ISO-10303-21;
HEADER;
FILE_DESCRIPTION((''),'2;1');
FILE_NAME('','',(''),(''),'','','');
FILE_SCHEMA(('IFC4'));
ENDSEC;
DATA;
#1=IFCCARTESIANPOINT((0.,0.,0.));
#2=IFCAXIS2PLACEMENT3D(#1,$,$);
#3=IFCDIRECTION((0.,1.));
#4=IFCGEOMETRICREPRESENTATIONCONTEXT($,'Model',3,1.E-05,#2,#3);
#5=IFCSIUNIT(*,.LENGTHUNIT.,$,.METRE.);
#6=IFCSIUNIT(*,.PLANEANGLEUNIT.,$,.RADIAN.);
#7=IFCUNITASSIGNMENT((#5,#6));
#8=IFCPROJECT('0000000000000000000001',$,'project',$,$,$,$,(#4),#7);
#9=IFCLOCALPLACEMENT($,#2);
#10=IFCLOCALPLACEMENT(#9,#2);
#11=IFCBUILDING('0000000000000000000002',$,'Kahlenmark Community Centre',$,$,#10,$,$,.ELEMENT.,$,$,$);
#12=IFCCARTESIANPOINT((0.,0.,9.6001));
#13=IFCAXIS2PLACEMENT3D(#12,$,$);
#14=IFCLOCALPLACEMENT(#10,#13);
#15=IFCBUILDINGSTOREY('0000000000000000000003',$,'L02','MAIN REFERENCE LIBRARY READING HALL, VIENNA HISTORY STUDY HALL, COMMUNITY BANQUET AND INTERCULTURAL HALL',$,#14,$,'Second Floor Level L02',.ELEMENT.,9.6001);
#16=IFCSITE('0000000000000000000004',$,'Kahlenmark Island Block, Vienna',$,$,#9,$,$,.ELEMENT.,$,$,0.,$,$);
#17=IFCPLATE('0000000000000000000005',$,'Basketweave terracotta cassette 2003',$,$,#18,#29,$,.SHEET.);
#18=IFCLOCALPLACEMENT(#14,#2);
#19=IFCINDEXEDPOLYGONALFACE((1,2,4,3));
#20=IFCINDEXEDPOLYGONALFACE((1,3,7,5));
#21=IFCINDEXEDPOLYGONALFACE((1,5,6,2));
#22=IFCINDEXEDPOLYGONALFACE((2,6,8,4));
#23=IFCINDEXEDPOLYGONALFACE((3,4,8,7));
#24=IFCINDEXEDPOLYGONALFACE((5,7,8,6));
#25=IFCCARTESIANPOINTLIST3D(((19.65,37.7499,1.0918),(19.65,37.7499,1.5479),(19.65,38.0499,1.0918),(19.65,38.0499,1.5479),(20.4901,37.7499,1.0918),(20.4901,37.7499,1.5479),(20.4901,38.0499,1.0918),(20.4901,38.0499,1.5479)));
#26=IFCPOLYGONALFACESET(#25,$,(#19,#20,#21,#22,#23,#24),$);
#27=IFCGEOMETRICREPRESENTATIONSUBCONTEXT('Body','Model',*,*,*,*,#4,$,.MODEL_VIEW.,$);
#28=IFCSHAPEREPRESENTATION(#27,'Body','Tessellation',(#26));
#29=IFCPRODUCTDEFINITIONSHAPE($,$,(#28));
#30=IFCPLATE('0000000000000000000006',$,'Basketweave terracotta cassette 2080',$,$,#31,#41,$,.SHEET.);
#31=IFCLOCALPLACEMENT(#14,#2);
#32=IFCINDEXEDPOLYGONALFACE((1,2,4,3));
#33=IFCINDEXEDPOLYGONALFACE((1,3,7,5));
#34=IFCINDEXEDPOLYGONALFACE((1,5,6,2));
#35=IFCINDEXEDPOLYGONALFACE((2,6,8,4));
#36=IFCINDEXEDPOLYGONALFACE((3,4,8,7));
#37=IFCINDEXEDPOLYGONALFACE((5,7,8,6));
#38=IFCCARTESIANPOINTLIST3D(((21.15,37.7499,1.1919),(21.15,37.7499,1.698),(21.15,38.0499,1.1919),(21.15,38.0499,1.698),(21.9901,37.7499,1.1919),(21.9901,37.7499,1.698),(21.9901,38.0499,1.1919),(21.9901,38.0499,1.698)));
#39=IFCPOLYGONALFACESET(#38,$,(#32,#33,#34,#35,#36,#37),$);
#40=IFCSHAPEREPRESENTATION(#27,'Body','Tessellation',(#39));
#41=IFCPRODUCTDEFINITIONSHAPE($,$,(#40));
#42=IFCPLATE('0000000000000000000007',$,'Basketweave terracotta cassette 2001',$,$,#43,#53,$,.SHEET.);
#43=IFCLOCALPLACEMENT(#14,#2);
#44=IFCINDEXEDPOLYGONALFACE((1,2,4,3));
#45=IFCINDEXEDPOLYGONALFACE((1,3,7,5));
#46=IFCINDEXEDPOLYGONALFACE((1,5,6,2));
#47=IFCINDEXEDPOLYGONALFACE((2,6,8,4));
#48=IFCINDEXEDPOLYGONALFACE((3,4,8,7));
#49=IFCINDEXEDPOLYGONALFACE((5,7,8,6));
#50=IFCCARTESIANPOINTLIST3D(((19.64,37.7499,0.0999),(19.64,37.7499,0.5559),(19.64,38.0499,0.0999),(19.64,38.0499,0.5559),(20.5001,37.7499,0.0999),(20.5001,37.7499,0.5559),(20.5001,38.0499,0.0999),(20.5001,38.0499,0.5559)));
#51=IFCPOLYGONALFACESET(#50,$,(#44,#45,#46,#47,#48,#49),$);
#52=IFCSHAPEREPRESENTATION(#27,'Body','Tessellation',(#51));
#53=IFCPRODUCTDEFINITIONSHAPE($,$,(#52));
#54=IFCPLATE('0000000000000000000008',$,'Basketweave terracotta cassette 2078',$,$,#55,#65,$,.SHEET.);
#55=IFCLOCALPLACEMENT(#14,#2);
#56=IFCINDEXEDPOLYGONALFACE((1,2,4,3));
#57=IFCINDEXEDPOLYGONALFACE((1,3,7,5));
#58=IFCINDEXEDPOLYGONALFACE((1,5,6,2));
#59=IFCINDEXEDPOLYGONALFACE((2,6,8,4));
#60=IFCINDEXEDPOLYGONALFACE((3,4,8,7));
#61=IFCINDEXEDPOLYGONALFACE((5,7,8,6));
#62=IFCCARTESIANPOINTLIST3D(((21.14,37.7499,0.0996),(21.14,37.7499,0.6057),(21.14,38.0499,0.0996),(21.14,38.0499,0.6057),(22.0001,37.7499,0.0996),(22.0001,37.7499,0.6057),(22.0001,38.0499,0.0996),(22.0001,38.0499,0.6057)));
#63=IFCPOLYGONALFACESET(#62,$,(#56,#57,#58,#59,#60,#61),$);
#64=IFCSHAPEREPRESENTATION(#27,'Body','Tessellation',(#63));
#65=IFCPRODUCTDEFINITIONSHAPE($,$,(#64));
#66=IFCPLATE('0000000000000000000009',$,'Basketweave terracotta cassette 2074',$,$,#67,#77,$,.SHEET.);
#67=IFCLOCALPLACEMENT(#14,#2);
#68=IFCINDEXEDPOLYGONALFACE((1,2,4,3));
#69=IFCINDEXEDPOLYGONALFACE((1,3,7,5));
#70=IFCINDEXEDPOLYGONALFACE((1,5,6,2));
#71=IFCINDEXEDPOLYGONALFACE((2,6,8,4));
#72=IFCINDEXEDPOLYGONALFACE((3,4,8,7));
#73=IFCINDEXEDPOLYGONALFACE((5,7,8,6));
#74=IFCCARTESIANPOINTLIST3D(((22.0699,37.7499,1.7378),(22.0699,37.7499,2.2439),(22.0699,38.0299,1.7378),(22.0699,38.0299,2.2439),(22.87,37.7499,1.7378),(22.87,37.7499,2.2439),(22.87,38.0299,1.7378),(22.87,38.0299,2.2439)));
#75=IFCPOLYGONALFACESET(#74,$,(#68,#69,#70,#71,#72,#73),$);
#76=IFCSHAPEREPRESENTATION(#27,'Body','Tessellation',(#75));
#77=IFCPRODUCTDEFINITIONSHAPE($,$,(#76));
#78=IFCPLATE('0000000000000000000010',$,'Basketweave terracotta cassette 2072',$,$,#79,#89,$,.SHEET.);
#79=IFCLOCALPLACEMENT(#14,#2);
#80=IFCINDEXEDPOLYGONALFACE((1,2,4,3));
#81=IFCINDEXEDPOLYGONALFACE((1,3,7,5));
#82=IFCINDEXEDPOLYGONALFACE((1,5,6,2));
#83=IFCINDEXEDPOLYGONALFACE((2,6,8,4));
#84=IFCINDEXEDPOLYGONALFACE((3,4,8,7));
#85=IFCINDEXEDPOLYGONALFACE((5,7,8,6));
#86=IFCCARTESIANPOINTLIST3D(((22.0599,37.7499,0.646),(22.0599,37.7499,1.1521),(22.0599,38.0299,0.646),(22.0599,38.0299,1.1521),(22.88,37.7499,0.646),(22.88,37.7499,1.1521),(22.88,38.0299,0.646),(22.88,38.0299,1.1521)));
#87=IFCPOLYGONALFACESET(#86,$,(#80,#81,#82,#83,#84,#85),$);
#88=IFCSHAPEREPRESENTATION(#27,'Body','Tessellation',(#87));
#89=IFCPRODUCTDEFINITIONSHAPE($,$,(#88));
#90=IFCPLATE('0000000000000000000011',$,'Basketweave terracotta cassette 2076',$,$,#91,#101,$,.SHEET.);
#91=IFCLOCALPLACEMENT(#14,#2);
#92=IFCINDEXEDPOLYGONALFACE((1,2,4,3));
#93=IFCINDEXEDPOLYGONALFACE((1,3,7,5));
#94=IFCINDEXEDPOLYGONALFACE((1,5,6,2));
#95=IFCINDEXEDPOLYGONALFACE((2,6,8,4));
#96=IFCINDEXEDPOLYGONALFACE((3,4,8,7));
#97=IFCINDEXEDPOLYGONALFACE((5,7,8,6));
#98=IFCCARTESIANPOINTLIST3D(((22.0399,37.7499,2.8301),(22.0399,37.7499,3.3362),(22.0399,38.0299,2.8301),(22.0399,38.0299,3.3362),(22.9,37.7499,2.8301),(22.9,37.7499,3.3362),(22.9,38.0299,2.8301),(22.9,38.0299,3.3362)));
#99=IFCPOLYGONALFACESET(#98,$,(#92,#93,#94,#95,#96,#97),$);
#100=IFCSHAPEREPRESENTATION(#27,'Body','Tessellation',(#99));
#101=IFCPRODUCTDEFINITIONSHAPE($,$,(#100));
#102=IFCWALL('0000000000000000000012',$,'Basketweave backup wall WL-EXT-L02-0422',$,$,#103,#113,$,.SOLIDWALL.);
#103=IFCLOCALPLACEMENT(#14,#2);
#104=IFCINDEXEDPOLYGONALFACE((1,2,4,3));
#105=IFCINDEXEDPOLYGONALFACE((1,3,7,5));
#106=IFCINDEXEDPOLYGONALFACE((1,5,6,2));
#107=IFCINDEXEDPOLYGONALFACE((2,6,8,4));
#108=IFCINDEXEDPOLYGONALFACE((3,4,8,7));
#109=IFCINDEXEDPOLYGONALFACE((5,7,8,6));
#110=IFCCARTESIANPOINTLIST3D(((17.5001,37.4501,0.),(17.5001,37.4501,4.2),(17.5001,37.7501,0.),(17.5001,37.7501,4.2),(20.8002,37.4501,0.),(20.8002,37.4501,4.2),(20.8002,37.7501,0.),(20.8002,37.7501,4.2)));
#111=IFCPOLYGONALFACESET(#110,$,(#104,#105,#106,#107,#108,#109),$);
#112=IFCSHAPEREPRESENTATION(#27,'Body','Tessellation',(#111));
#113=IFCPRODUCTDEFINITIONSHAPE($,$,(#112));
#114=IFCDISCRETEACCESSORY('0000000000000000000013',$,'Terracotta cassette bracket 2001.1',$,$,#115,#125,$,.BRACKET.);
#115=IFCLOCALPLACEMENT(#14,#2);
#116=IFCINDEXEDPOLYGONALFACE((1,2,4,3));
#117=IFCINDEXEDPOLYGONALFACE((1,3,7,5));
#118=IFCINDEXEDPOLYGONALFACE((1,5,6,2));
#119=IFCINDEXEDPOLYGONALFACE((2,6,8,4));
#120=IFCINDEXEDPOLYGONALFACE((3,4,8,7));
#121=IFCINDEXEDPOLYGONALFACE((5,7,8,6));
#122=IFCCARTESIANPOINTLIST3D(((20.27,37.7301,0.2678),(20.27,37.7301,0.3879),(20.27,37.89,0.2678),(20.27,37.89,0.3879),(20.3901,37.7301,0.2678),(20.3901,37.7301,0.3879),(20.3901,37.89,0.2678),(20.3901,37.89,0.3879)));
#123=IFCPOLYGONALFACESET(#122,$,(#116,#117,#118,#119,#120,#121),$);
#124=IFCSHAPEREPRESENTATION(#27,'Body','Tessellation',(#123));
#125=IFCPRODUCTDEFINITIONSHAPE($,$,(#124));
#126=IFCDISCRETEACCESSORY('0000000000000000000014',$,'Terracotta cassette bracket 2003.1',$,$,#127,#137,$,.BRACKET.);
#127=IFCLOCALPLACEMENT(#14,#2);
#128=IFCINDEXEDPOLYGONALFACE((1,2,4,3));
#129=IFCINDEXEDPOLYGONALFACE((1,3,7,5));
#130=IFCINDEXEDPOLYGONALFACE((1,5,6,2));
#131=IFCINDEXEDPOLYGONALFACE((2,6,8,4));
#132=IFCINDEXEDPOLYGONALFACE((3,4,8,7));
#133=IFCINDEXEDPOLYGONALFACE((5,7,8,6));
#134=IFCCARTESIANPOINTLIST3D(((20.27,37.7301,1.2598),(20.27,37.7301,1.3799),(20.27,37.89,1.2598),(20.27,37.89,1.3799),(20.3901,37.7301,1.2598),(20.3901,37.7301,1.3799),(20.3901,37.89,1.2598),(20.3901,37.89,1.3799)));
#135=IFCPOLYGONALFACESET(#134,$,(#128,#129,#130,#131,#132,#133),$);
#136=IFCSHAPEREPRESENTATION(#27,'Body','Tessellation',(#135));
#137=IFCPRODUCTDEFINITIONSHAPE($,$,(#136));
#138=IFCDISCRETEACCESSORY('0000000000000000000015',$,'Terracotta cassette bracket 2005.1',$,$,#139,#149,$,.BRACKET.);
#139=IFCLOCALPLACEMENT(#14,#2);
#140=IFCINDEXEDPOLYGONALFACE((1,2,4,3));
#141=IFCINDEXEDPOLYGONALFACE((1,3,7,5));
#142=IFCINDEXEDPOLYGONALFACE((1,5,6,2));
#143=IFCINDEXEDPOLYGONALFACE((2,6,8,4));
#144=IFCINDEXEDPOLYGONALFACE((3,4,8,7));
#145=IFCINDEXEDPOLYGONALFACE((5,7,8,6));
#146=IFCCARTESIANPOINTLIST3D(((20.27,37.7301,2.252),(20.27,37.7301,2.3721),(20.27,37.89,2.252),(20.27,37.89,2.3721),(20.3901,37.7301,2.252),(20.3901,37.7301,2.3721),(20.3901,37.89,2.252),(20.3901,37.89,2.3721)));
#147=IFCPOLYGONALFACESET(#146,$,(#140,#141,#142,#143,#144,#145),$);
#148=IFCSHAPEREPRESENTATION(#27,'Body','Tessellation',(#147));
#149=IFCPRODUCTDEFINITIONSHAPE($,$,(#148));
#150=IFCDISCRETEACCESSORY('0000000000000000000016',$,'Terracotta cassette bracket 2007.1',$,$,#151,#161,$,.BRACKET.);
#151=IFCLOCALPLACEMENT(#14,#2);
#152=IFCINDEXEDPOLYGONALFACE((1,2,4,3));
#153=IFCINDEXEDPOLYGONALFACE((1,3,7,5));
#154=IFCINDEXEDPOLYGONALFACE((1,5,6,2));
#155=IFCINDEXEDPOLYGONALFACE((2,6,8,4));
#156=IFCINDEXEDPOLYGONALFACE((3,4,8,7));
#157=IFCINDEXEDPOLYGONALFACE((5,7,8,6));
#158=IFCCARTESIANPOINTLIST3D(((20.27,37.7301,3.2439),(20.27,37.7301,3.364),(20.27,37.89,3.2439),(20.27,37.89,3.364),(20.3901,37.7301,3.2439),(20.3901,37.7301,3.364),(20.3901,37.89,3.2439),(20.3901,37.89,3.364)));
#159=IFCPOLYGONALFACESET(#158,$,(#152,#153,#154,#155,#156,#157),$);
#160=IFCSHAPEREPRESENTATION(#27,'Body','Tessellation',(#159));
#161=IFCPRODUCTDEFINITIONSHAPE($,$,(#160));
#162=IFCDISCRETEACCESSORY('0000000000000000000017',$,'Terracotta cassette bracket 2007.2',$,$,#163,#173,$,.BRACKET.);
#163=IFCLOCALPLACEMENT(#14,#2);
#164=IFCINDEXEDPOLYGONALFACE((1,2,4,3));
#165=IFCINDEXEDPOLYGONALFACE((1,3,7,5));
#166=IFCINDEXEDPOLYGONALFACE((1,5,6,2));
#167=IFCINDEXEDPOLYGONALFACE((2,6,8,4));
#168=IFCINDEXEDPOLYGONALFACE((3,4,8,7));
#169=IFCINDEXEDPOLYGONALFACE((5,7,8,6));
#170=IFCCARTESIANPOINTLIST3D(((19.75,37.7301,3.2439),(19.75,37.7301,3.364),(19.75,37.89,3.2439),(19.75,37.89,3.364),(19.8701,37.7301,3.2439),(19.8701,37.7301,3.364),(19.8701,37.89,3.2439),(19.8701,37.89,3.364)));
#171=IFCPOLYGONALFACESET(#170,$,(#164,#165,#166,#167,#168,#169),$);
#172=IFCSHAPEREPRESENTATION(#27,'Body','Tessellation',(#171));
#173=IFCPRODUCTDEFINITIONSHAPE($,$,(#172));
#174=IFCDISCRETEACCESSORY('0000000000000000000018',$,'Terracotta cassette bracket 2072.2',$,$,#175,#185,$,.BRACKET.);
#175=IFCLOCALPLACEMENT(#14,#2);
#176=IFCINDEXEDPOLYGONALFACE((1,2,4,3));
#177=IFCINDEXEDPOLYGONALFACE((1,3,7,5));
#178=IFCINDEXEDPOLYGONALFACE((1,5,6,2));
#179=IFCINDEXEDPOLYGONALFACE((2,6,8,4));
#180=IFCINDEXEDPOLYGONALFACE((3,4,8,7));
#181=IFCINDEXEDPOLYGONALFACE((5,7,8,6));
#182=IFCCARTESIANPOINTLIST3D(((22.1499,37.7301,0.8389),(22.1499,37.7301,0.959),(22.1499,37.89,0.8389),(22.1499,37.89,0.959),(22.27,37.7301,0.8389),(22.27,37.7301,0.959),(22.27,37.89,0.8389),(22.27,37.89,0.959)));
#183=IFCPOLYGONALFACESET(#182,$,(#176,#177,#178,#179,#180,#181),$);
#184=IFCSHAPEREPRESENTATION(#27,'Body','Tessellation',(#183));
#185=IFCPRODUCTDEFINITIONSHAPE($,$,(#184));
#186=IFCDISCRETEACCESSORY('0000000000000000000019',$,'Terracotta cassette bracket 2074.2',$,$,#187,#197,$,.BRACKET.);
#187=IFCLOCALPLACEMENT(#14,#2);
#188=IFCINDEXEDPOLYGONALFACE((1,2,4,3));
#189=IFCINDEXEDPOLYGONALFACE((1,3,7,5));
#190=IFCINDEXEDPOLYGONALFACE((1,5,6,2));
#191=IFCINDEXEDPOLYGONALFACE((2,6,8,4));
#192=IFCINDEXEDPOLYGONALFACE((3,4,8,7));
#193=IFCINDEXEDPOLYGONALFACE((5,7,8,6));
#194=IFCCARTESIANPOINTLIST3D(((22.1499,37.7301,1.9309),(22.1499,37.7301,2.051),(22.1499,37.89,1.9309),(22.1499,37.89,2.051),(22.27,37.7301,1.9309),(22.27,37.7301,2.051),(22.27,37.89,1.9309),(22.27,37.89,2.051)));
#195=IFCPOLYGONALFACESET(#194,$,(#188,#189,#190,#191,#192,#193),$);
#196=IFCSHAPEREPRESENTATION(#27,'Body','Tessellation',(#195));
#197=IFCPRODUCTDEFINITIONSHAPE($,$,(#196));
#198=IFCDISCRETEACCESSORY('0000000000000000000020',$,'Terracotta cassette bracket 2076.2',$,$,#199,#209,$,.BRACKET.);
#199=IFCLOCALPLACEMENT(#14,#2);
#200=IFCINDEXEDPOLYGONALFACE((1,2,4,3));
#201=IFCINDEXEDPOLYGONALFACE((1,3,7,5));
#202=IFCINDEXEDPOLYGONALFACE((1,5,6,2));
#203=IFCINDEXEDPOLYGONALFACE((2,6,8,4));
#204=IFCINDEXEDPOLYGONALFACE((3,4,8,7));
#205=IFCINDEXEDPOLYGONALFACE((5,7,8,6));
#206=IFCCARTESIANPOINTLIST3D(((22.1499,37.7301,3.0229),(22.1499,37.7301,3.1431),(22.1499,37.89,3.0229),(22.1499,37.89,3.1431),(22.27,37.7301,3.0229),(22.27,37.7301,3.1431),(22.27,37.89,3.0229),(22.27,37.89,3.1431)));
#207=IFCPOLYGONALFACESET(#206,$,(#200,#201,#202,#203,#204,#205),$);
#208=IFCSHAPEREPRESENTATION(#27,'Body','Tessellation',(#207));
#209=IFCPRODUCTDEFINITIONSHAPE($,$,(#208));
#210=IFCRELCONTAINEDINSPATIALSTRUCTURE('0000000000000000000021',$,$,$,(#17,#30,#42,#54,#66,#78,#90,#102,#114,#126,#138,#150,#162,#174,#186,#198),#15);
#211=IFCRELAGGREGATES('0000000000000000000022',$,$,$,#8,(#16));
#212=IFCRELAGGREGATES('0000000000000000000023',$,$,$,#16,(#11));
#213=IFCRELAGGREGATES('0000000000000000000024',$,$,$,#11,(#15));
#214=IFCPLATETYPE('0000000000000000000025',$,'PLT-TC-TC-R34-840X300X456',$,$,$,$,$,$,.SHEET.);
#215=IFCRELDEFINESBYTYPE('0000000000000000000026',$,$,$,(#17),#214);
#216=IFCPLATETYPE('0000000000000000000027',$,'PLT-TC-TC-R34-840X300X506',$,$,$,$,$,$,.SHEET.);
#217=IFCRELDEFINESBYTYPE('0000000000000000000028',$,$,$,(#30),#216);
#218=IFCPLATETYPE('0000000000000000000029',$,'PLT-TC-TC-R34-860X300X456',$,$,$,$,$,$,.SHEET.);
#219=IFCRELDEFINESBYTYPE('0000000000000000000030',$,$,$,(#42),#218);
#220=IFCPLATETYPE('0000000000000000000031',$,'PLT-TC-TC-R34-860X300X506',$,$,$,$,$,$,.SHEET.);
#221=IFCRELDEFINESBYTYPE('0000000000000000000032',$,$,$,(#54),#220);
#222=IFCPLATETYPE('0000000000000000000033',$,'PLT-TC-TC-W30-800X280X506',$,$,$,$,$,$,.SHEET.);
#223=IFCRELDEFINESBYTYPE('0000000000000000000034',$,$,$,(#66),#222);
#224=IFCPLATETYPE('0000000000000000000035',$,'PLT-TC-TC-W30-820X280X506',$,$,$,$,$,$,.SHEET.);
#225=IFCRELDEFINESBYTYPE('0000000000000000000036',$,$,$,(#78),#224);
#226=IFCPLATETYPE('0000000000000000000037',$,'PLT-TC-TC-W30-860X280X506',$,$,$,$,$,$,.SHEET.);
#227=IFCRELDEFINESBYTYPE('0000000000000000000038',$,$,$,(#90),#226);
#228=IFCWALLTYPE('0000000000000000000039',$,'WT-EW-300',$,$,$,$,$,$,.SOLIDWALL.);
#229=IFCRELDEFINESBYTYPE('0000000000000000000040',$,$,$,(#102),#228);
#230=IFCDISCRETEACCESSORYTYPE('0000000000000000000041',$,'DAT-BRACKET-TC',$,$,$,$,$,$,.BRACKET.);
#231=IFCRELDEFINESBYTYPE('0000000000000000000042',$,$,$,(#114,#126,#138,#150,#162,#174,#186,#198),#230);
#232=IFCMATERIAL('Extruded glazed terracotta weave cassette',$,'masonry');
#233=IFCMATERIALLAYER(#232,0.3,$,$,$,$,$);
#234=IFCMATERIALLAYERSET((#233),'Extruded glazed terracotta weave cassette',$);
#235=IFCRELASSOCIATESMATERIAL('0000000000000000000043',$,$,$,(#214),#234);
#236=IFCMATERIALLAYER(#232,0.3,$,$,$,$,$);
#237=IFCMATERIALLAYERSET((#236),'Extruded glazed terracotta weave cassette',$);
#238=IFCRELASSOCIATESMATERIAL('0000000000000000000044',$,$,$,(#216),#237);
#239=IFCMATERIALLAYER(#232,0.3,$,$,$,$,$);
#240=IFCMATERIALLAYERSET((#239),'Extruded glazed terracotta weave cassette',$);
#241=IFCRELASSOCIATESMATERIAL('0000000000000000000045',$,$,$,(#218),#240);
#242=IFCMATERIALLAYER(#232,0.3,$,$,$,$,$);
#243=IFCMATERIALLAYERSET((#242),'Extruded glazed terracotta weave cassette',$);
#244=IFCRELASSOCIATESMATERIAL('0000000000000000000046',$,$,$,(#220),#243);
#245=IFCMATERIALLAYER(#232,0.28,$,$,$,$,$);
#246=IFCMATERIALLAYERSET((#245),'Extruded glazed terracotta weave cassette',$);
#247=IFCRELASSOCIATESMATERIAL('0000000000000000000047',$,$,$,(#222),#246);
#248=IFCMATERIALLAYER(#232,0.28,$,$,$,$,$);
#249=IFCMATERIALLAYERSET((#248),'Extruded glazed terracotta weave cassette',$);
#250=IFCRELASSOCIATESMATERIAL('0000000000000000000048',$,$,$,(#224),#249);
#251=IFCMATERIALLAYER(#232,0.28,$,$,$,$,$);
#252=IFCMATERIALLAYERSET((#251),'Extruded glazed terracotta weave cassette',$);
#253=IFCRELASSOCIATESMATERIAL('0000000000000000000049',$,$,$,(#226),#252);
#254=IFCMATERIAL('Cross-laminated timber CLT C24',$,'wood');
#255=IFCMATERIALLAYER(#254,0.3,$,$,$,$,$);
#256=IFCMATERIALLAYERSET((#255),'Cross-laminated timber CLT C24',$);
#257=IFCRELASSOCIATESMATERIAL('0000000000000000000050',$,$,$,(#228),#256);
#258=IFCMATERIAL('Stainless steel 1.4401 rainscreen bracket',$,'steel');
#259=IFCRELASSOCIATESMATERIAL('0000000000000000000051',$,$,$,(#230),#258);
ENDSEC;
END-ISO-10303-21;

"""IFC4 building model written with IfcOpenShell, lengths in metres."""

from ifc_helpers import new_model, si_unit, direction, frame, frame_2d, origin, origin_2d, place, context, subcontext, project, spatial, rectangle, extrude, material, layer, layer_set, type_object, element, save


model = new_model("IFC4")

# Units and contexts
model_context = context("Model", 3, precision=1e-05, world=origin(), true_north=direction((0.0, 1.0)))
body_context = subcontext(model_context, "Body", "Model", "MODEL_VIEW")
ifc_project = project(units=[si_unit("LENGTHUNIT", "METRE"), si_unit("PLANEANGLEUNIT", "RADIAN")], contexts=[model_context])

# Site, building, storey
site_placement = place(None, origin())
site = spatial("IfcSite", under=ifc_project, at=site_placement, Name="Kahlenmark Island Block, Vienna", CompositionType="ELEMENT", RefElevation=0.0)
building_placement = place(site_placement, origin())
building = spatial("IfcBuilding", under=site, at=building_placement, Name="Kahlenmark Community Centre", CompositionType="ELEMENT")
storey_placement = place(building_placement, frame((0.0, 0.0, 9.6001)))
storey = spatial("IfcBuildingStorey", under=building, at=storey_placement, Name="L02", Description="MAIN REFERENCE LIBRARY READING HALL, VIENNA HISTORY STUDY HALL, COMMUNITY BANQUET AND INTERCULTURAL HALL", LongName="Second Floor Level L02", CompositionType="ELEMENT", Elevation=9.6001)

# Plates
ifc_material_1 = material(Name="Extruded glazed terracotta weave cassette", Category="masonry")
ifc_layer_1 = layer(ifc_material_1, 0.3)
ifc_layer_set_1 = layer_set([ifc_layer_1], Name="Extruded glazed terracotta weave cassette")
plate_type_1 = type_object("IfcPlateType", Name="PLT-TC-TC-R34-840X300X456", PredefinedType="SHEET", material=ifc_layer_set_1)
plate_1_placement = place(storey_placement, frame((20.0701, 37.8999, 1.0918), z_axis=(0.0, 0.0, 1.0), x_axis=(-1.0, 0.0, 0.0)))
element("IfcPlate", 1, at=plate_1_placement, inside=storey, type_object=plate_type_1, Name="Basketweave terracotta cassette 2003", PredefinedType="SHEET", context=body_context, shape_type="SweptSolid", body=[
    extrude(rectangle(XDim=0.8401, YDim=0.3, at=origin_2d()), origin(), (0.0, 0.0, 1.0), 0.4561),
])
ifc_layer_2 = layer(ifc_material_1, 0.3)
ifc_layer_set_2 = layer_set([ifc_layer_2], Name="Extruded glazed terracotta weave cassette")
plate_type_2 = type_object("IfcPlateType", Name="PLT-TC-TC-R34-840X300X506", PredefinedType="SHEET", material=ifc_layer_set_2)
plate_2_placement = place(storey_placement, frame((21.5701, 37.8999, 1.1919), z_axis=(0.0, 0.0, 1.0), x_axis=(-1.0, 0.0, 0.0)))
element("IfcPlate", 2, at=plate_2_placement, inside=storey, type_object=plate_type_2, Name="Basketweave terracotta cassette 2080", PredefinedType="SHEET", context=body_context, shape_type="SweptSolid", body=[
    extrude(rectangle(XDim=0.8401, YDim=0.3, at=origin_2d()), origin(), (0.0, 0.0, 1.0), 0.5061),
])
ifc_layer_3 = layer(ifc_material_1, 0.3)
ifc_layer_set_3 = layer_set([ifc_layer_3], Name="Extruded glazed terracotta weave cassette")
plate_type_3 = type_object("IfcPlateType", Name="PLT-TC-TC-R34-860X300X456", PredefinedType="SHEET", material=ifc_layer_set_3)
plate_3_placement = place(storey_placement, frame((20.0701, 37.8999, 0.0999), z_axis=(0.0, 0.0, 1.0), x_axis=(-1.0, 0.0, 0.0)))
element("IfcPlate", 3, at=plate_3_placement, inside=storey, type_object=plate_type_3, Name="Basketweave terracotta cassette 2001", PredefinedType="SHEET", context=body_context, shape_type="SweptSolid", body=[
    extrude(rectangle(XDim=0.8601, YDim=0.3, at=origin_2d()), origin(), (0.0, 0.0, 1.0), 0.4561),
])
ifc_layer_4 = layer(ifc_material_1, 0.3)
ifc_layer_set_4 = layer_set([ifc_layer_4], Name="Extruded glazed terracotta weave cassette")
plate_type_4 = type_object("IfcPlateType", Name="PLT-TC-TC-R34-860X300X506", PredefinedType="SHEET", material=ifc_layer_set_4)
plate_4_placement = place(storey_placement, frame((21.5701, 37.8999, 0.0996), z_axis=(0.0, 0.0, 1.0), x_axis=(-1.0, 0.0, 0.0)))
element("IfcPlate", 4, at=plate_4_placement, inside=storey, type_object=plate_type_4, Name="Basketweave terracotta cassette 2078", PredefinedType="SHEET", context=body_context, shape_type="SweptSolid", body=[
    extrude(rectangle(XDim=0.8601, YDim=0.3, at=origin_2d()), origin(), (0.0, 0.0, 1.0), 0.5061),
])
ifc_layer_5 = layer(ifc_material_1, 0.28)
ifc_layer_set_5 = layer_set([ifc_layer_5], Name="Extruded glazed terracotta weave cassette")
plate_type_5 = type_object("IfcPlateType", Name="PLT-TC-TC-W30-800X280X506", PredefinedType="SHEET", material=ifc_layer_set_5)
plate_5_placement = place(storey_placement, frame((22.47, 37.8899, 1.7378), z_axis=(0.0, 0.0, 1.0), x_axis=(-1.0, 0.0, 0.0)))
element("IfcPlate", 5, at=plate_5_placement, inside=storey, type_object=plate_type_5, Name="Basketweave terracotta cassette 2074", PredefinedType="SHEET", context=body_context, shape_type="SweptSolid", body=[
    extrude(rectangle(XDim=0.8, YDim=0.28, at=origin_2d()), origin(), (0.0, 0.0, 1.0), 0.5061),
])
ifc_layer_6 = layer(ifc_material_1, 0.28)
ifc_layer_set_6 = layer_set([ifc_layer_6], Name="Extruded glazed terracotta weave cassette")
plate_type_6 = type_object("IfcPlateType", Name="PLT-TC-TC-W30-820X280X506", PredefinedType="SHEET", material=ifc_layer_set_6)
plate_6_placement = place(storey_placement, frame((22.47, 37.8899, 0.646), z_axis=(0.0, 0.0, 1.0), x_axis=(-1.0, 0.0, 0.0)))
element("IfcPlate", 6, at=plate_6_placement, inside=storey, type_object=plate_type_6, Name="Basketweave terracotta cassette 2072", PredefinedType="SHEET", context=body_context, shape_type="SweptSolid", body=[
    extrude(rectangle(XDim=0.8201, YDim=0.28, at=origin_2d()), origin(), (0.0, 0.0, 1.0), 0.5061),
])
ifc_layer_7 = layer(ifc_material_1, 0.28)
ifc_layer_set_7 = layer_set([ifc_layer_7], Name="Extruded glazed terracotta weave cassette")
plate_type_7 = type_object("IfcPlateType", Name="PLT-TC-TC-W30-860X280X506", PredefinedType="SHEET", material=ifc_layer_set_7)
plate_7_placement = place(storey_placement, frame((22.47, 37.8899, 2.8301), z_axis=(0.0, 0.0, 1.0), x_axis=(-1.0, 0.0, 0.0)))
element("IfcPlate", 7, at=plate_7_placement, inside=storey, type_object=plate_type_7, Name="Basketweave terracotta cassette 2076", PredefinedType="SHEET", context=body_context, shape_type="SweptSolid", body=[
    extrude(rectangle(XDim=0.8601, YDim=0.28, at=origin_2d()), origin(), (0.0, 0.0, 1.0), 0.5061),
])

# Wall
ifc_material_2 = material(Name="Cross-laminated timber CLT C24", Category="wood")
ifc_layer_8 = layer(ifc_material_2, 0.3)
ifc_layer_set_8 = layer_set([ifc_layer_8], Name="Cross-laminated timber CLT C24")
wall_type = type_object("IfcWallType", Name="WT-EW-300", PredefinedType="SOLIDWALL", material=ifc_layer_set_8)
wall_placement = place(storey_placement, frame((20.8, 37.6001, 0.0), z_axis=(0.0, 0.0, 1.0), x_axis=(-1.0, 0.0, 0.0)))
element("IfcWall", 8, at=wall_placement, inside=storey, type_object=wall_type, Name="Basketweave backup wall WL-EXT-L02-0422", PredefinedType="SOLIDWALL", context=body_context, shape_type="SweptSolid", body=[
    extrude(rectangle(XDim=3.3, YDim=0.3, at=frame_2d((1.6499, 0.0))), origin(), (0.0, 0.0, 1.0), 4.2),
])

# Discrete accessories
ifc_material_3 = material(Name="Stainless steel 1.4401 rainscreen bracket", Category="steel")
discrete_accessory_type = type_object("IfcDiscreteAccessoryType", Name="DAT-BRACKET-TC", PredefinedType="BRACKET", material=ifc_material_3)
for number, where, z_axis, x_axis, name in (
    (9, (20.3301, 37.8101, 0.2678), (0.0, 0.0, 1.0), (-1.0, 0.0, 0.0), "Terracotta cassette bracket 2001.1"),
    (10, (20.3301, 37.8101, 1.2598), (0.0, 0.0, 1.0), (-1.0, 0.0, 0.0), "Terracotta cassette bracket 2003.1"),
    (11, (20.3301, 37.8101, 2.252), (0.0, 0.0, 1.0), (-1.0, 0.0, 0.0), "Terracotta cassette bracket 2005.1"),
    (12, (20.3301, 37.8101, 3.2439), (0.0, 0.0, 1.0), (-1.0, 0.0, 0.0), "Terracotta cassette bracket 2007.1"),
    (13, (19.8101, 37.8101, 3.2439), (0.0, 0.0, 1.0), (-1.0, 0.0, 0.0), "Terracotta cassette bracket 2007.2"),
    (14, (22.21, 37.8101, 0.8389), (0.0, 0.0, 1.0), (-1.0, 0.0, 0.0), "Terracotta cassette bracket 2072.2"),
    (15, (22.21, 37.8101, 1.9309), (0.0, 0.0, 1.0), (-1.0, 0.0, 0.0), "Terracotta cassette bracket 2074.2"),
    (16, (22.21, 37.8101, 3.0229), (0.0, 0.0, 1.0), (-1.0, 0.0, 0.0), "Terracotta cassette bracket 2076.2"),
):
    element("IfcDiscreteAccessory", number, at=place(storey_placement, frame(where, z_axis=z_axis, x_axis=x_axis)), inside=storey, type_object=discrete_accessory_type, Name=name, PredefinedType="BRACKET", context=body_context, shape_type="SweptSolid", body=[
        extrude(rectangle(XDim=0.1201, YDim=0.1599, at=origin_2d()), origin(), (0.0, 0.0, 1.0), 0.1201),
    ])

save(model, "model.ifc")
